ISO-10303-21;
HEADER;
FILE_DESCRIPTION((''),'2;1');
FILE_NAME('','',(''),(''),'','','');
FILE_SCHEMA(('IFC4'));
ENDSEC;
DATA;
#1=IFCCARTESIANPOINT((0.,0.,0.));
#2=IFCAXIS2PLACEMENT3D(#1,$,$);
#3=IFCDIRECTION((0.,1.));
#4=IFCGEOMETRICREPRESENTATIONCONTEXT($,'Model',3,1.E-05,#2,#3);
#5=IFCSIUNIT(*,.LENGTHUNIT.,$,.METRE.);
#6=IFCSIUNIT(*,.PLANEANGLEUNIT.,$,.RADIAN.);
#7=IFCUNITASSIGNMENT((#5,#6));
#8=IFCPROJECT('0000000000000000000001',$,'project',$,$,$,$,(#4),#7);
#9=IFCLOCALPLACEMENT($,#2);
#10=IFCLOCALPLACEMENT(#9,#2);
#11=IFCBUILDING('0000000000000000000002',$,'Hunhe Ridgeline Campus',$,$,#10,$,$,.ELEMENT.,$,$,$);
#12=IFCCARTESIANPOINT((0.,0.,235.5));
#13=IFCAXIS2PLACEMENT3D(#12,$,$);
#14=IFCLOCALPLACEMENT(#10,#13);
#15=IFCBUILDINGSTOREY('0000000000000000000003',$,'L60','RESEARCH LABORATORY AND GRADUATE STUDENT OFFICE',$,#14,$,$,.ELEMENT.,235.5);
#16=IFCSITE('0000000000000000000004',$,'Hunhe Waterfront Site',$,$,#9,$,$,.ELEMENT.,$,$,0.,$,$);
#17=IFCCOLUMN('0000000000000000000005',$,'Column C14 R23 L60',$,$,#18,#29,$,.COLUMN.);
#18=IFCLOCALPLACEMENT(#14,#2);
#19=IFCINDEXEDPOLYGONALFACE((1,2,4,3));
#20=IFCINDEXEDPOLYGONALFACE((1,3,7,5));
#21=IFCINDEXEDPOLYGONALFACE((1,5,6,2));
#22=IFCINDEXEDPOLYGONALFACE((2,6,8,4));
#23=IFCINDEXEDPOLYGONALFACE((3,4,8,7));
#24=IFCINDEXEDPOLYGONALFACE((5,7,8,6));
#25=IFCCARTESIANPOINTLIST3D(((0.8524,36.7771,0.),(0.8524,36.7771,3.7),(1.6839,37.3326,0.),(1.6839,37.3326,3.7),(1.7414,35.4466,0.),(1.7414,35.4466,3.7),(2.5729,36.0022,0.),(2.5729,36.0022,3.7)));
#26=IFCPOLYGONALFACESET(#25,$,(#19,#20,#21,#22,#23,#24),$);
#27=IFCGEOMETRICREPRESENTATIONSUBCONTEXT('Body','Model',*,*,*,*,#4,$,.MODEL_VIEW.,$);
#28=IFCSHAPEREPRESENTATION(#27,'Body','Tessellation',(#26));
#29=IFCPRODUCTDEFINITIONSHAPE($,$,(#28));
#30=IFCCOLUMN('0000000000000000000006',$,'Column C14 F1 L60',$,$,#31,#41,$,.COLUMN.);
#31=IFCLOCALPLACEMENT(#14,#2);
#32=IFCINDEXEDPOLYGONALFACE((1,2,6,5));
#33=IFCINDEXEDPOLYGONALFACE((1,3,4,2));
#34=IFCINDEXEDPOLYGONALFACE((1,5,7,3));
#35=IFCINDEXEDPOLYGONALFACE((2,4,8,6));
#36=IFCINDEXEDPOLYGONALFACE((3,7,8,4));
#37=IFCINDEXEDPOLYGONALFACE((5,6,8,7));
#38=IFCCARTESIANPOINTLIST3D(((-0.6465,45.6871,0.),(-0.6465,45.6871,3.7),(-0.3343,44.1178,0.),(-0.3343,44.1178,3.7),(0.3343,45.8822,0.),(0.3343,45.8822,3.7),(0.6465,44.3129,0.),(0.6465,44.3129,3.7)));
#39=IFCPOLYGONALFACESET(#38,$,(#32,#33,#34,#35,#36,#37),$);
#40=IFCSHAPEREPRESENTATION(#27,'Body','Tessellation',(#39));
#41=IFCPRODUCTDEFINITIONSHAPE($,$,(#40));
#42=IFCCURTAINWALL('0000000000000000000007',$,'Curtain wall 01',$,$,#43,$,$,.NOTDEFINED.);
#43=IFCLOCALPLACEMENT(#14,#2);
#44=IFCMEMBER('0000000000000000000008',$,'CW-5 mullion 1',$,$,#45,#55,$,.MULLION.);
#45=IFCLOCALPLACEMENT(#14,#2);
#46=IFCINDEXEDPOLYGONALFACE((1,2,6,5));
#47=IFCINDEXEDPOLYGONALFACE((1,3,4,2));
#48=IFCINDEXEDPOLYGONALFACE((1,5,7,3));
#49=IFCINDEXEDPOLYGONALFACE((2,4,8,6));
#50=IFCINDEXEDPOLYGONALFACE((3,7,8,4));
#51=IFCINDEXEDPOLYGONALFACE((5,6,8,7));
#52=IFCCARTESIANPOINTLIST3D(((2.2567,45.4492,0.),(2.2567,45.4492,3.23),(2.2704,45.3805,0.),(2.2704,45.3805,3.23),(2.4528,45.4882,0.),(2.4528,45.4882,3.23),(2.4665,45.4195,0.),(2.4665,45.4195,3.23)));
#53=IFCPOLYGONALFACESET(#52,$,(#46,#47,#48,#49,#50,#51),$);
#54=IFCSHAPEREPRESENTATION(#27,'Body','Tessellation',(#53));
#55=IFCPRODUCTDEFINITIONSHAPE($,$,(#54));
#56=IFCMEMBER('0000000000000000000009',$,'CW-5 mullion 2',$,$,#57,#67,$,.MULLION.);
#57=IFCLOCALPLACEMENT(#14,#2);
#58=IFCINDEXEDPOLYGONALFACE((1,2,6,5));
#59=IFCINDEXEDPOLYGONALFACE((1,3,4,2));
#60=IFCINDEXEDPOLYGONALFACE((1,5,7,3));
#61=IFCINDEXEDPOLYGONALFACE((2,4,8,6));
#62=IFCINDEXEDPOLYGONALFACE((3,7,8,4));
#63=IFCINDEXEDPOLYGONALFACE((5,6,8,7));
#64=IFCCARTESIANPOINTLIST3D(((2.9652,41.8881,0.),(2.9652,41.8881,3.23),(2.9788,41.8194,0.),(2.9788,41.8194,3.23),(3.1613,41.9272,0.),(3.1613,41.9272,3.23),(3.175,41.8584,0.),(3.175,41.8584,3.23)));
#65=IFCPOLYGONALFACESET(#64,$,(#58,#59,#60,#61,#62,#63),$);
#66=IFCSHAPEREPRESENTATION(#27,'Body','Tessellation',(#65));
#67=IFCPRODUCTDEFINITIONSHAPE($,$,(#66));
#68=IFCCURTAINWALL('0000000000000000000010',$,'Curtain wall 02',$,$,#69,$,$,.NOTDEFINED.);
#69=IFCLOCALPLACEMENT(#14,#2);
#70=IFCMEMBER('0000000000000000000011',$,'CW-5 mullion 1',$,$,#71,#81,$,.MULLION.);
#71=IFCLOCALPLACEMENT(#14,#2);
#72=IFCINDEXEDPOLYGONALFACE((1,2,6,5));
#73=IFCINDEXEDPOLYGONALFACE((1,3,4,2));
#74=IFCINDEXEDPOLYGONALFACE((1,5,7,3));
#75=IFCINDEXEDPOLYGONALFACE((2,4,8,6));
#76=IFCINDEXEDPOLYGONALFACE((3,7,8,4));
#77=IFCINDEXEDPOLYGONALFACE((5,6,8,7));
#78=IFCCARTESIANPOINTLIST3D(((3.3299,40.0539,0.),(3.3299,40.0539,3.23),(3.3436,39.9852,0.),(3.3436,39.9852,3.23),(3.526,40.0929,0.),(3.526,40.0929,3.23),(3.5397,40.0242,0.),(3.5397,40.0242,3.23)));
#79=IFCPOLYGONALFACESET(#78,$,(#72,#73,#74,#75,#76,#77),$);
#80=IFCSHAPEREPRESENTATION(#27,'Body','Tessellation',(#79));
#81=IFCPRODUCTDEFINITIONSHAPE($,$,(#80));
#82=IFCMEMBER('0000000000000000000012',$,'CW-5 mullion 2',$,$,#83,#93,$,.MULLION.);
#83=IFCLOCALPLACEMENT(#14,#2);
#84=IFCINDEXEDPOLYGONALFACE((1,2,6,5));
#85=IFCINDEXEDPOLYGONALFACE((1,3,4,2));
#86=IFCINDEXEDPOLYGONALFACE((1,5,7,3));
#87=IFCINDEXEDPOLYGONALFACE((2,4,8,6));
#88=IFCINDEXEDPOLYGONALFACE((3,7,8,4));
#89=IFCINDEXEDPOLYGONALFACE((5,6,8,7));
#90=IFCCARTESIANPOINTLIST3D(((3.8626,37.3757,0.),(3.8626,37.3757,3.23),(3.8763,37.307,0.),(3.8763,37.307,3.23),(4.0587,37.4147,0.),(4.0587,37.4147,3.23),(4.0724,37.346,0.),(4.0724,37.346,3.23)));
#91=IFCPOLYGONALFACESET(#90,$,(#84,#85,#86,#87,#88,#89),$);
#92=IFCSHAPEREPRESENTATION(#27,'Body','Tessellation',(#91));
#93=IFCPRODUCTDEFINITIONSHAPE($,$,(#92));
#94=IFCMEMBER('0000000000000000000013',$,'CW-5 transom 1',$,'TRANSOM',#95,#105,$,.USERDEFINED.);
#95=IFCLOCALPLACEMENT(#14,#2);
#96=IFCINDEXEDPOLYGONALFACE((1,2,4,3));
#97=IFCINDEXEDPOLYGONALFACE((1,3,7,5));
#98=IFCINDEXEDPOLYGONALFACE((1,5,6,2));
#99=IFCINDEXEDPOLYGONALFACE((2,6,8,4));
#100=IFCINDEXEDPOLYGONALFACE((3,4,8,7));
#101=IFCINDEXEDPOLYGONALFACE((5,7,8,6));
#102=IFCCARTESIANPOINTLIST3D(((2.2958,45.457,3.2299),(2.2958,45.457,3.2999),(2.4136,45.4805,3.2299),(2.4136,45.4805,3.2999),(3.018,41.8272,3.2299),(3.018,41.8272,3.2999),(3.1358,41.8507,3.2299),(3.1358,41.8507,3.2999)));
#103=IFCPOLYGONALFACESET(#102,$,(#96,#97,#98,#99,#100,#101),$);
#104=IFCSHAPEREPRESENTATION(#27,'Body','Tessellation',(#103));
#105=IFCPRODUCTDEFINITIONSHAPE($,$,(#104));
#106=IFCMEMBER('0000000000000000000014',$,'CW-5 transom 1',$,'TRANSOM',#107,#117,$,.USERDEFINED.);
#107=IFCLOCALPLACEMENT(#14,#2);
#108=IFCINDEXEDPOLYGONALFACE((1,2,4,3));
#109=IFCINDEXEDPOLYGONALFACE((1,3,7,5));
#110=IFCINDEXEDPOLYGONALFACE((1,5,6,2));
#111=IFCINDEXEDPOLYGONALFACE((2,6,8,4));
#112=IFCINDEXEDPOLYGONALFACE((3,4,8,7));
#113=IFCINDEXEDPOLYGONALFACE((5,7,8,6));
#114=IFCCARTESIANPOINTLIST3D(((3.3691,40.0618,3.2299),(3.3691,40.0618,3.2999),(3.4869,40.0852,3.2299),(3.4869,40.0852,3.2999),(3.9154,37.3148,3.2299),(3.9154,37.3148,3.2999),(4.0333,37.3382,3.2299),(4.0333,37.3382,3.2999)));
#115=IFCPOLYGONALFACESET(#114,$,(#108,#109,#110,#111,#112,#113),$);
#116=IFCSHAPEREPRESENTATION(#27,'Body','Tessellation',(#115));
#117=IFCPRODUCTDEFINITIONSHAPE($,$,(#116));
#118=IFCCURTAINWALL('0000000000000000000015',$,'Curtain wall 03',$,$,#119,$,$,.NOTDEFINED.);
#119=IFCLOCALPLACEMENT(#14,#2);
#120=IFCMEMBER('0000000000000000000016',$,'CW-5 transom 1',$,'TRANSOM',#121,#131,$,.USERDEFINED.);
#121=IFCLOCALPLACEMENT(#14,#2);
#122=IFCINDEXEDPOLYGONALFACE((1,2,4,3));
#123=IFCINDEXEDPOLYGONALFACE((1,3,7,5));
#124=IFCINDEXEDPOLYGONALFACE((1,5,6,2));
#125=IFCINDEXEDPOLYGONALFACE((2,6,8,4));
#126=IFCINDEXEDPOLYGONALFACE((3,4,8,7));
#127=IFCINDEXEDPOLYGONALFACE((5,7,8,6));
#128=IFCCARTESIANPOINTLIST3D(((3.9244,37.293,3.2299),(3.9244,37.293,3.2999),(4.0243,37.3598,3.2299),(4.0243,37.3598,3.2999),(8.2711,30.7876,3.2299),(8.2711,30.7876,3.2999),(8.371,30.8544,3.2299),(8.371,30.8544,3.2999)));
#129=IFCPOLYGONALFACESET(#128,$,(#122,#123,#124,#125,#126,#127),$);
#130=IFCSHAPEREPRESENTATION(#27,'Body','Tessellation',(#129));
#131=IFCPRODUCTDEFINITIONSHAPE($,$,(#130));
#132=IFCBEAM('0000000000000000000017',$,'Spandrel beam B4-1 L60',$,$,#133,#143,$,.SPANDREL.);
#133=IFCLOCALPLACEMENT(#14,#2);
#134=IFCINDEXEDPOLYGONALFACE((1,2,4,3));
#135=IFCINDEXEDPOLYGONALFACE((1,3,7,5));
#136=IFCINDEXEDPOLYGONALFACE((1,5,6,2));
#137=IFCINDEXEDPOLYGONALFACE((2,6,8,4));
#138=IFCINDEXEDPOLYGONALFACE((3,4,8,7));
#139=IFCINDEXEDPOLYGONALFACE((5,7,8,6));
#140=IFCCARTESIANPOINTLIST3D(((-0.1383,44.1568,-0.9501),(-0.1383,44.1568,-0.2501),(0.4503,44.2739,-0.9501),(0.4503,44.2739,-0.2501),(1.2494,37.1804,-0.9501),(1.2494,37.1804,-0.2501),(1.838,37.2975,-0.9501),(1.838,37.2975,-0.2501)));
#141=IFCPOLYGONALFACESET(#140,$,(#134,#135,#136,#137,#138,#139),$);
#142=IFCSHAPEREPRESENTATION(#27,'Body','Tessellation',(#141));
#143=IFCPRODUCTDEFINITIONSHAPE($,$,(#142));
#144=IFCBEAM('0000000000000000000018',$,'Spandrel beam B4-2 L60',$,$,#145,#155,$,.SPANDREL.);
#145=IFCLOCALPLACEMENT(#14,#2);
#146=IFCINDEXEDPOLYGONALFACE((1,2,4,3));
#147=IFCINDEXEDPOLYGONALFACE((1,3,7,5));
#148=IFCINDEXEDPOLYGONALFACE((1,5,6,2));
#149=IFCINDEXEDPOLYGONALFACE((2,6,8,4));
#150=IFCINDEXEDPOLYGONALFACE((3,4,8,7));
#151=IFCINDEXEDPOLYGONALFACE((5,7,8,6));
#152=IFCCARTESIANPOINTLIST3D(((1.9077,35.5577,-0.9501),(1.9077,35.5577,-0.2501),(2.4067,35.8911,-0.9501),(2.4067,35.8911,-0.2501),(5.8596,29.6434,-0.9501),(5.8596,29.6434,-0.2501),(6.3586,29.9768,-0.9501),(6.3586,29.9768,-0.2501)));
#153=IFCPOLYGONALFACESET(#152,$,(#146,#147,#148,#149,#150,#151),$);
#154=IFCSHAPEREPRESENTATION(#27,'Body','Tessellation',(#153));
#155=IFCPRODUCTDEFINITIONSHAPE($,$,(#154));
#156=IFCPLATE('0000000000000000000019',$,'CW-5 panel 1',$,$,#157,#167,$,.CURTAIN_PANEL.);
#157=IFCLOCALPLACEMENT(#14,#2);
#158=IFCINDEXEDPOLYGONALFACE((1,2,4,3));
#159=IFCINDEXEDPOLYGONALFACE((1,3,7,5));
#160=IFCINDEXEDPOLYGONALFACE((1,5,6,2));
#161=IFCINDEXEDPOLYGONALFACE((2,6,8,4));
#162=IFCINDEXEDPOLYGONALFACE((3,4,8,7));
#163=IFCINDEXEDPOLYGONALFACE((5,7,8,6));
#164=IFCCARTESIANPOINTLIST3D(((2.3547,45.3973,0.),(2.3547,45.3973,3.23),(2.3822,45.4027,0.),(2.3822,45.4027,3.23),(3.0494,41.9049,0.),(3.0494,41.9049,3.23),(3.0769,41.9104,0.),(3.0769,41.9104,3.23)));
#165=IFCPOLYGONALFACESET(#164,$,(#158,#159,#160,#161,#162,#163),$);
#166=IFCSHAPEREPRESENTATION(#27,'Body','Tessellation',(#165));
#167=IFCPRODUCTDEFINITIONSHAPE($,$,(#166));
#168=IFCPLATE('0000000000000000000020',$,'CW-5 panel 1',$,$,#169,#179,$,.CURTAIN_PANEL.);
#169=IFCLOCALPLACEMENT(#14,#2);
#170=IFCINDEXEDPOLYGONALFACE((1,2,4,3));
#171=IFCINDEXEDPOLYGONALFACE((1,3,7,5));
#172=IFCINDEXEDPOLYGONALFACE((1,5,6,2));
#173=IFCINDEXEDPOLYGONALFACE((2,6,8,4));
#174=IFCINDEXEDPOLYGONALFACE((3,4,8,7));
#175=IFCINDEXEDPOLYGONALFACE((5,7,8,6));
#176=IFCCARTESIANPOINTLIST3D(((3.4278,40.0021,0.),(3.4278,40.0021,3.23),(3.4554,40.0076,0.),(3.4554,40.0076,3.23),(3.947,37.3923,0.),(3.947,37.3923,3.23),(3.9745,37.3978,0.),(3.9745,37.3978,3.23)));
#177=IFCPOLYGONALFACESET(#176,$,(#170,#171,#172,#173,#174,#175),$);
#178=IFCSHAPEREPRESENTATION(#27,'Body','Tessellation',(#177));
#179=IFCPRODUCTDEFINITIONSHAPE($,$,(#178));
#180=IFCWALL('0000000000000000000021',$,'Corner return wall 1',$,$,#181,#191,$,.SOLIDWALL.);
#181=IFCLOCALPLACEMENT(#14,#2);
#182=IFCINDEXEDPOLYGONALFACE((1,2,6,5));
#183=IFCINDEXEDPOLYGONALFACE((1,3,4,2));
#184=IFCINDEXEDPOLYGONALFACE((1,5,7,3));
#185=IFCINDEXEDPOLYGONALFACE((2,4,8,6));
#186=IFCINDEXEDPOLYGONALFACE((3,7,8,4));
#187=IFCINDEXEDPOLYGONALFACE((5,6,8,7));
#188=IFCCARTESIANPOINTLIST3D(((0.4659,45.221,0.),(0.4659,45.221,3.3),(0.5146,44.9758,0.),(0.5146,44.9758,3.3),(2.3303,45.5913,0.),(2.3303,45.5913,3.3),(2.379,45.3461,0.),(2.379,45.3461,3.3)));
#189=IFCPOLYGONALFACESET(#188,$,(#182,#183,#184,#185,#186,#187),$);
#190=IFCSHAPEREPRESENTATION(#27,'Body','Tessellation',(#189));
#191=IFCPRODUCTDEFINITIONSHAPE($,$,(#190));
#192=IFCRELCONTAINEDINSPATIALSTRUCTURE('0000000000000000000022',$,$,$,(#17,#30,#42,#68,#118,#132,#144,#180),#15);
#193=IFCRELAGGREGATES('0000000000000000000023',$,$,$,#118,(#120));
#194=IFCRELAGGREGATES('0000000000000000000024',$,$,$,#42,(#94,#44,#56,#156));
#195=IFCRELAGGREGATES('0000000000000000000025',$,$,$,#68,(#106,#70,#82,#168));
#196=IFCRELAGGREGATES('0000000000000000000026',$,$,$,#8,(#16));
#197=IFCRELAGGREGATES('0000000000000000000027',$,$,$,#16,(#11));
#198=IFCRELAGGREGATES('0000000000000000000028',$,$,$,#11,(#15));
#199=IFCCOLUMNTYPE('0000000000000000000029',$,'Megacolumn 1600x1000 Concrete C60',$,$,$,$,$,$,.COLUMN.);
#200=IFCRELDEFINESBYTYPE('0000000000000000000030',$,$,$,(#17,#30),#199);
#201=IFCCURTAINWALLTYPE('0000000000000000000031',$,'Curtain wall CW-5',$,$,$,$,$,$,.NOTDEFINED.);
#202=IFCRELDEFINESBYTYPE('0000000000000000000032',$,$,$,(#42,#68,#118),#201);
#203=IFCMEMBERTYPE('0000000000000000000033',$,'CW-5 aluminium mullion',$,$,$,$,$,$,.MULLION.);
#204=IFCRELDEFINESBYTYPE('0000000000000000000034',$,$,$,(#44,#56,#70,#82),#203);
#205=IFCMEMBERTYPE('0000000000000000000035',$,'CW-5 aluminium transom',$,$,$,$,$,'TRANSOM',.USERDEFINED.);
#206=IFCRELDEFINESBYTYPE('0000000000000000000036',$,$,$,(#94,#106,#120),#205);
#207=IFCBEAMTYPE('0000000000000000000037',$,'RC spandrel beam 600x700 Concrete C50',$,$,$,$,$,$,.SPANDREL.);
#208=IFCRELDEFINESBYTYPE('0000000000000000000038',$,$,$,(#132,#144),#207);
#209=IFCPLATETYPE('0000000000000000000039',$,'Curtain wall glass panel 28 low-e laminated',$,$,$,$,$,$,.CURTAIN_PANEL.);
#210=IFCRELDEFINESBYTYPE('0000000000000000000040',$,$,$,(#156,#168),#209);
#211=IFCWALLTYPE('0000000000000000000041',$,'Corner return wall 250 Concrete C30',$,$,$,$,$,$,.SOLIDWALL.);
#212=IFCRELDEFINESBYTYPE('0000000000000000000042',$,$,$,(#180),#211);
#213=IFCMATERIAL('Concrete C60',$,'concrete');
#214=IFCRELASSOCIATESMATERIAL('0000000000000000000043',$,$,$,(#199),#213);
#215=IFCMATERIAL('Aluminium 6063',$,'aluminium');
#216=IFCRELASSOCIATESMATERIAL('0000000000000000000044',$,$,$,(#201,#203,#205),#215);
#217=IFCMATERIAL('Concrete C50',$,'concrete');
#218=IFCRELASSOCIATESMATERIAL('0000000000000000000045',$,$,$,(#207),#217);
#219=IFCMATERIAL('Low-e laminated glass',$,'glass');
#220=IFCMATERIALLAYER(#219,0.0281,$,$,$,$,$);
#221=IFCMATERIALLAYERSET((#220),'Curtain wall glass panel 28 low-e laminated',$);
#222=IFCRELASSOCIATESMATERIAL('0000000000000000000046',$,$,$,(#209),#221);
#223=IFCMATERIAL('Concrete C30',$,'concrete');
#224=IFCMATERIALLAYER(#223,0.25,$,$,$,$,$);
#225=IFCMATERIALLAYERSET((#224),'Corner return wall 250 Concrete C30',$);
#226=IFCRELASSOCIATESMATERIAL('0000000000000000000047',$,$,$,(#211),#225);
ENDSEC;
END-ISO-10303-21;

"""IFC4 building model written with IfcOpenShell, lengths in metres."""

from ifc_helpers import new_model, si_unit, direction, frame, frame_2d, origin, origin_2d, place, context, subcontext, project, spatial, rectangle, extrude, material, layer, layer_set, material_profile, profile_set, type_object, element, aggregate, save


model = new_model("IFC4")

# Units and contexts
model_context = context("Model", 3, precision=1e-05, world=origin(), true_north=direction((0.0, 1.0)))
body_context = subcontext(model_context, "Body", "Model", "MODEL_VIEW")
ifc_project = project(units=[si_unit("LENGTHUNIT", "METRE"), si_unit("PLANEANGLEUNIT", "RADIAN")], contexts=[model_context])

# Site, building, storey
site_placement = place(None, origin())
site = spatial("IfcSite", under=ifc_project, at=site_placement, Name="Hunhe Waterfront Site", CompositionType="ELEMENT", RefElevation=0.0)
building_placement = place(site_placement, origin())
building = spatial("IfcBuilding", under=site, at=building_placement, Name="Hunhe Ridgeline Campus", CompositionType="ELEMENT")
storey_placement = place(building_placement, frame((0.0, 0.0, 235.5)))
storey = spatial("IfcBuildingStorey", under=building, at=storey_placement, Name="L60", Description="RESEARCH LABORATORY AND GRADUATE STUDENT OFFICE", CompositionType="ELEMENT", Elevation=235.5)

# Columns
ifc_material_1 = material(Name="Concrete C60", Category="concrete")
ifc_material_profile_1 = material_profile(ifc_material_1, rectangle(XDim=1.6001, YDim=1.0, at=origin_2d()))
ifc_profile_set_1 = profile_set([ifc_material_profile_1], Name="Concrete C60")
column_type = type_object("IfcColumnType", Name="Megacolumn 1600x1000 Concrete C60", PredefinedType="COLUMN", material=ifc_profile_set_1)
for number, where, z_axis, x_axis, name in (
    (1, (1.7126, 36.3896, 0.0), (0.0, 0.0, 1.0), (-0.55557, 0.83147, 0.0), "Column C14 R23 L60"),
    (2, (0.0, 45.0, 0.0), (0.0, 0.0, 1.0), (-0.19509, 0.980785, 0.0), "Column C14 F1 L60"),
):
    element("IfcColumn", number, at=place(storey_placement, frame(where, z_axis=z_axis, x_axis=x_axis)), inside=storey, type_object=column_type, Name=name, PredefinedType="COLUMN", context=body_context, shape_type="SweptSolid", body=[
        extrude(rectangle(XDim=1.6001, YDim=1.0, at=origin_2d()), origin(), (0.0, 0.0, 1.0), 3.7),
    ])

# Curtain walls, members
ifc_material_2 = material(Name="Aluminium 6063", Category="aluminium")
curtain_wall_type = type_object("IfcCurtainWallType", Name="Curtain wall CW-5", PredefinedType="NOTDEFINED", material=ifc_material_2)
curtain_wall_1_placement = place(storey_placement, origin())
curtain_wall_1 = element("IfcCurtainWall", 3, at=curtain_wall_1_placement, inside=storey, type_object=curtain_wall_type, Name="Curtain wall 01", PredefinedType="NOTDEFINED")
ifc_material_profile_2 = material_profile(ifc_material_2, rectangle(XDim=0.2, YDim=0.0701, at=origin_2d()))
ifc_profile_set_2 = profile_set([ifc_material_profile_2], Name="Aluminium 6063")
member_type_1 = type_object("IfcMemberType", Name="CW-5 aluminium mullion", PredefinedType="MULLION", material=ifc_profile_set_2)
member_1_placement = place(storey_placement, frame((2.3616, 45.4343, 0.0), z_axis=(0.0, 0.0, 1.0), x_axis=(0.980784, 0.195095, 0.0)))
member_1 = element("IfcMember", 4, at=member_1_placement, type_object=member_type_1, Name="CW-5 mullion 1", PredefinedType="MULLION", context=body_context, shape_type="SweptSolid", body=[
    extrude(rectangle(XDim=0.2, YDim=0.0701, at=origin_2d()), origin(), (0.0, 0.0, 1.0), 3.23),
])
member_2_placement = place(storey_placement, frame((3.0701, 41.8733, 0.0), z_axis=(0.0, 0.0, 1.0), x_axis=(0.980784, 0.195095, 0.0)))
member_2 = element("IfcMember", 5, at=member_2_placement, type_object=member_type_1, Name="CW-5 mullion 2", PredefinedType="MULLION", context=body_context, shape_type="SweptSolid", body=[
    extrude(rectangle(XDim=0.2, YDim=0.0701, at=origin_2d()), origin(), (0.0, 0.0, 1.0), 3.23),
])
curtain_wall_2_placement = place(storey_placement, origin())
curtain_wall_2 = element("IfcCurtainWall", 6, at=curtain_wall_2_placement, inside=storey, type_object=curtain_wall_type, Name="Curtain wall 02", PredefinedType="NOTDEFINED")
member_3_placement = place(storey_placement, frame((3.4348, 40.0391, 0.0), z_axis=(0.0, 0.0, 1.0), x_axis=(0.980784, 0.195095, 0.0)))
member_3 = element("IfcMember", 7, at=member_3_placement, type_object=member_type_1, Name="CW-5 mullion 1", PredefinedType="MULLION", context=body_context, shape_type="SweptSolid", body=[
    extrude(rectangle(XDim=0.2, YDim=0.0701, at=origin_2d()), origin(), (0.0, 0.0, 1.0), 3.23),
])
member_4_placement = place(storey_placement, frame((3.9675, 37.3608, 0.0), z_axis=(0.0, 0.0, 1.0), x_axis=(0.980784, 0.195095, 0.0)))
member_4 = element("IfcMember", 8, at=member_4_placement, type_object=member_type_1, Name="CW-5 mullion 2", PredefinedType="MULLION", context=body_context, shape_type="SweptSolid", body=[
    extrude(rectangle(XDim=0.2, YDim=0.0701, at=origin_2d()), origin(), (0.0, 0.0, 1.0), 3.23),
])

# Members
ifc_material_profile_3 = material_profile(ifc_material_2, rectangle(XDim=0.1201, YDim=0.0701, at=origin_2d()))
ifc_profile_set_3 = profile_set([ifc_material_profile_3], Name="Aluminium 6063")
member_type_2 = type_object("IfcMemberType", Name="CW-5 aluminium transom", ElementType="TRANSOM", PredefinedType="USERDEFINED", material=ifc_profile_set_3)
member_5_placement = place(storey_placement, frame((2.3547, 45.4688, 3.2649), z_axis=(0.195127, -0.980778, 0.0), x_axis=(0.980778, 0.195127, 0.0)))
member_5 = element("IfcMember", 9, at=member_5_placement, type_object=member_type_2, Name="CW-5 transom 1", ObjectType="TRANSOM", PredefinedType="USERDEFINED", context=body_context, shape_type="SweptSolid", body=[
    extrude(rectangle(XDim=0.1201, YDim=0.0701, at=origin_2d()), origin(), (0.0, 0.0, 1.0), 3.7009),
])
member_6_placement = place(storey_placement, frame((3.428, 40.0735, 3.2649), z_axis=(0.195077, -0.980788, 0.0), x_axis=(0.980788, 0.195077, 0.0)))
member_6 = element("IfcMember", 10, at=member_6_placement, type_object=member_type_2, Name="CW-5 transom 1", ObjectType="TRANSOM", PredefinedType="USERDEFINED", context=body_context, shape_type="SweptSolid", body=[
    extrude(rectangle(XDim=0.1201, YDim=0.0701, at=origin_2d()), origin(), (0.0, 0.0, 1.0), 2.8008),
])

# Curtain wall, member
curtain_wall_3_placement = place(storey_placement, origin())
curtain_wall_3 = element("IfcCurtainWall", 11, at=curtain_wall_3_placement, inside=storey, type_object=curtain_wall_type, Name="Curtain wall 03", PredefinedType="NOTDEFINED")
member_7_placement = place(storey_placement, frame((3.9744, 37.3264, 3.2649), z_axis=(0.555564, -0.831474, 0.0), x_axis=(0.831474, 0.555564, 0.0)))
member_7 = element("IfcMember", 12, at=member_7_placement, type_object=member_type_2, Name="CW-5 transom 1", ObjectType="TRANSOM", PredefinedType="USERDEFINED", context=body_context, shape_type="SweptSolid", body=[
    extrude(rectangle(XDim=0.1201, YDim=0.0701, at=origin_2d()), origin(), (0.0, 0.0, 1.0), 7.824),
])
aggregate(curtain_wall_3, [member_7])

# Beams
ifc_material_3 = material(Name="Concrete C50", Category="concrete")
ifc_material_profile_4 = material_profile(ifc_material_3, rectangle(XDim=0.6001, YDim=0.7, at=origin_2d()))
ifc_profile_set_4 = profile_set([ifc_material_profile_4], Name="Concrete C50")
beam_type = type_object("IfcBeamType", Name="RC spandrel beam 600x700 Concrete C50", PredefinedType="SPANDREL", material=ifc_profile_set_4)
for number, where, z_axis, x_axis, name in (
    (13, (0.156, 44.2153, -0.6001), (0.195093, -0.980785, 0.0), (0.980785, 0.195093, 0.0), "Spandrel beam B4-1 L60"),
    (14, (2.1572, 35.7244, -0.6001), (0.555579, -0.831464, 0.0), (0.831464, 0.555579, 0.0), "Spandrel beam B4-2 L60"),
):
    element("IfcBeam", number, at=place(storey_placement, frame(where, z_axis=z_axis, x_axis=x_axis)), inside=storey, type_object=beam_type, Name=name, PredefinedType="SPANDREL", context=body_context, shape_type="SweptSolid", body=[
        extrude(rectangle(XDim=0.6001, YDim=0.7, at=origin_2d()), origin(), (0.0, 0.0, 1.0), 7.113),
    ])

# Plates
ifc_material_4 = material(Name="Low-e laminated glass", Category="glass")
ifc_layer_1 = layer(ifc_material_4, 0.0281)
ifc_layer_set_1 = layer_set([ifc_layer_1], Name="Curtain wall glass panel 28 low-e laminated")
plate_type = type_object("IfcPlateType", Name="Curtain wall glass panel 28 low-e laminated", PredefinedType="CURTAIN_PANEL", material=ifc_layer_set_1)
plate_1_placement = place(storey_placement, frame((2.7158, 43.6538, 0.0), z_axis=(0.0, 0.0, 1.0), x_axis=(0.195095, -0.980784, 0.0)))
plate_1 = element("IfcPlate", 15, at=plate_1_placement, type_object=plate_type, Name="CW-5 panel 1", PredefinedType="CURTAIN_PANEL", context=body_context, shape_type="SweptSolid", body=[
    extrude(rectangle(XDim=3.5608, YDim=0.0281, at=origin_2d()), origin(), (0.0, 0.0, 1.0), 3.23),
])
aggregate(curtain_wall_1, [member_5, member_1, member_2, plate_1])
plate_2_placement = place(storey_placement, frame((3.7012, 38.7, 0.0), z_axis=(0.0, 0.0, 1.0), x_axis=(0.195095, -0.980784, 0.0)))
plate_2 = element("IfcPlate", 16, at=plate_2_placement, type_object=plate_type, Name="CW-5 panel 1", PredefinedType="CURTAIN_PANEL", context=body_context, shape_type="SweptSolid", body=[
    extrude(rectangle(XDim=2.6609, YDim=0.0281, at=origin_2d()), origin(), (0.0, 0.0, 1.0), 3.23),
])
aggregate(curtain_wall_2, [member_6, member_3, member_4, plate_2])

# Wall
ifc_material_5 = material(Name="Concrete C30", Category="concrete")
ifc_layer_2 = layer(ifc_material_5, 0.25)
ifc_layer_set_2 = layer_set([ifc_layer_2], Name="Corner return wall 250 Concrete C30")
wall_type_1 = type_object("IfcWallType", Name="Corner return wall 250 Concrete C30", PredefinedType="SOLIDWALL", material=ifc_layer_set_2)
wall_1_placement = place(storey_placement, frame((0.4902, 45.0984, 0.0), z_axis=(0.0, 0.0, 1.0), x_axis=(0.980837, 0.194832, 0.0)))
element("IfcWall", 17, at=wall_1_placement, inside=storey, type_object=wall_type_1, Name="Corner return wall 1", PredefinedType="SOLIDWALL", context=body_context, shape_type="SweptSolid", body=[
    extrude(rectangle(XDim=1.9009, YDim=0.25, at=frame_2d((0.9504, 0.0))), origin(), (0.0, 0.0, 1.0), 3.3),
])

save(model, "model.ifc")
